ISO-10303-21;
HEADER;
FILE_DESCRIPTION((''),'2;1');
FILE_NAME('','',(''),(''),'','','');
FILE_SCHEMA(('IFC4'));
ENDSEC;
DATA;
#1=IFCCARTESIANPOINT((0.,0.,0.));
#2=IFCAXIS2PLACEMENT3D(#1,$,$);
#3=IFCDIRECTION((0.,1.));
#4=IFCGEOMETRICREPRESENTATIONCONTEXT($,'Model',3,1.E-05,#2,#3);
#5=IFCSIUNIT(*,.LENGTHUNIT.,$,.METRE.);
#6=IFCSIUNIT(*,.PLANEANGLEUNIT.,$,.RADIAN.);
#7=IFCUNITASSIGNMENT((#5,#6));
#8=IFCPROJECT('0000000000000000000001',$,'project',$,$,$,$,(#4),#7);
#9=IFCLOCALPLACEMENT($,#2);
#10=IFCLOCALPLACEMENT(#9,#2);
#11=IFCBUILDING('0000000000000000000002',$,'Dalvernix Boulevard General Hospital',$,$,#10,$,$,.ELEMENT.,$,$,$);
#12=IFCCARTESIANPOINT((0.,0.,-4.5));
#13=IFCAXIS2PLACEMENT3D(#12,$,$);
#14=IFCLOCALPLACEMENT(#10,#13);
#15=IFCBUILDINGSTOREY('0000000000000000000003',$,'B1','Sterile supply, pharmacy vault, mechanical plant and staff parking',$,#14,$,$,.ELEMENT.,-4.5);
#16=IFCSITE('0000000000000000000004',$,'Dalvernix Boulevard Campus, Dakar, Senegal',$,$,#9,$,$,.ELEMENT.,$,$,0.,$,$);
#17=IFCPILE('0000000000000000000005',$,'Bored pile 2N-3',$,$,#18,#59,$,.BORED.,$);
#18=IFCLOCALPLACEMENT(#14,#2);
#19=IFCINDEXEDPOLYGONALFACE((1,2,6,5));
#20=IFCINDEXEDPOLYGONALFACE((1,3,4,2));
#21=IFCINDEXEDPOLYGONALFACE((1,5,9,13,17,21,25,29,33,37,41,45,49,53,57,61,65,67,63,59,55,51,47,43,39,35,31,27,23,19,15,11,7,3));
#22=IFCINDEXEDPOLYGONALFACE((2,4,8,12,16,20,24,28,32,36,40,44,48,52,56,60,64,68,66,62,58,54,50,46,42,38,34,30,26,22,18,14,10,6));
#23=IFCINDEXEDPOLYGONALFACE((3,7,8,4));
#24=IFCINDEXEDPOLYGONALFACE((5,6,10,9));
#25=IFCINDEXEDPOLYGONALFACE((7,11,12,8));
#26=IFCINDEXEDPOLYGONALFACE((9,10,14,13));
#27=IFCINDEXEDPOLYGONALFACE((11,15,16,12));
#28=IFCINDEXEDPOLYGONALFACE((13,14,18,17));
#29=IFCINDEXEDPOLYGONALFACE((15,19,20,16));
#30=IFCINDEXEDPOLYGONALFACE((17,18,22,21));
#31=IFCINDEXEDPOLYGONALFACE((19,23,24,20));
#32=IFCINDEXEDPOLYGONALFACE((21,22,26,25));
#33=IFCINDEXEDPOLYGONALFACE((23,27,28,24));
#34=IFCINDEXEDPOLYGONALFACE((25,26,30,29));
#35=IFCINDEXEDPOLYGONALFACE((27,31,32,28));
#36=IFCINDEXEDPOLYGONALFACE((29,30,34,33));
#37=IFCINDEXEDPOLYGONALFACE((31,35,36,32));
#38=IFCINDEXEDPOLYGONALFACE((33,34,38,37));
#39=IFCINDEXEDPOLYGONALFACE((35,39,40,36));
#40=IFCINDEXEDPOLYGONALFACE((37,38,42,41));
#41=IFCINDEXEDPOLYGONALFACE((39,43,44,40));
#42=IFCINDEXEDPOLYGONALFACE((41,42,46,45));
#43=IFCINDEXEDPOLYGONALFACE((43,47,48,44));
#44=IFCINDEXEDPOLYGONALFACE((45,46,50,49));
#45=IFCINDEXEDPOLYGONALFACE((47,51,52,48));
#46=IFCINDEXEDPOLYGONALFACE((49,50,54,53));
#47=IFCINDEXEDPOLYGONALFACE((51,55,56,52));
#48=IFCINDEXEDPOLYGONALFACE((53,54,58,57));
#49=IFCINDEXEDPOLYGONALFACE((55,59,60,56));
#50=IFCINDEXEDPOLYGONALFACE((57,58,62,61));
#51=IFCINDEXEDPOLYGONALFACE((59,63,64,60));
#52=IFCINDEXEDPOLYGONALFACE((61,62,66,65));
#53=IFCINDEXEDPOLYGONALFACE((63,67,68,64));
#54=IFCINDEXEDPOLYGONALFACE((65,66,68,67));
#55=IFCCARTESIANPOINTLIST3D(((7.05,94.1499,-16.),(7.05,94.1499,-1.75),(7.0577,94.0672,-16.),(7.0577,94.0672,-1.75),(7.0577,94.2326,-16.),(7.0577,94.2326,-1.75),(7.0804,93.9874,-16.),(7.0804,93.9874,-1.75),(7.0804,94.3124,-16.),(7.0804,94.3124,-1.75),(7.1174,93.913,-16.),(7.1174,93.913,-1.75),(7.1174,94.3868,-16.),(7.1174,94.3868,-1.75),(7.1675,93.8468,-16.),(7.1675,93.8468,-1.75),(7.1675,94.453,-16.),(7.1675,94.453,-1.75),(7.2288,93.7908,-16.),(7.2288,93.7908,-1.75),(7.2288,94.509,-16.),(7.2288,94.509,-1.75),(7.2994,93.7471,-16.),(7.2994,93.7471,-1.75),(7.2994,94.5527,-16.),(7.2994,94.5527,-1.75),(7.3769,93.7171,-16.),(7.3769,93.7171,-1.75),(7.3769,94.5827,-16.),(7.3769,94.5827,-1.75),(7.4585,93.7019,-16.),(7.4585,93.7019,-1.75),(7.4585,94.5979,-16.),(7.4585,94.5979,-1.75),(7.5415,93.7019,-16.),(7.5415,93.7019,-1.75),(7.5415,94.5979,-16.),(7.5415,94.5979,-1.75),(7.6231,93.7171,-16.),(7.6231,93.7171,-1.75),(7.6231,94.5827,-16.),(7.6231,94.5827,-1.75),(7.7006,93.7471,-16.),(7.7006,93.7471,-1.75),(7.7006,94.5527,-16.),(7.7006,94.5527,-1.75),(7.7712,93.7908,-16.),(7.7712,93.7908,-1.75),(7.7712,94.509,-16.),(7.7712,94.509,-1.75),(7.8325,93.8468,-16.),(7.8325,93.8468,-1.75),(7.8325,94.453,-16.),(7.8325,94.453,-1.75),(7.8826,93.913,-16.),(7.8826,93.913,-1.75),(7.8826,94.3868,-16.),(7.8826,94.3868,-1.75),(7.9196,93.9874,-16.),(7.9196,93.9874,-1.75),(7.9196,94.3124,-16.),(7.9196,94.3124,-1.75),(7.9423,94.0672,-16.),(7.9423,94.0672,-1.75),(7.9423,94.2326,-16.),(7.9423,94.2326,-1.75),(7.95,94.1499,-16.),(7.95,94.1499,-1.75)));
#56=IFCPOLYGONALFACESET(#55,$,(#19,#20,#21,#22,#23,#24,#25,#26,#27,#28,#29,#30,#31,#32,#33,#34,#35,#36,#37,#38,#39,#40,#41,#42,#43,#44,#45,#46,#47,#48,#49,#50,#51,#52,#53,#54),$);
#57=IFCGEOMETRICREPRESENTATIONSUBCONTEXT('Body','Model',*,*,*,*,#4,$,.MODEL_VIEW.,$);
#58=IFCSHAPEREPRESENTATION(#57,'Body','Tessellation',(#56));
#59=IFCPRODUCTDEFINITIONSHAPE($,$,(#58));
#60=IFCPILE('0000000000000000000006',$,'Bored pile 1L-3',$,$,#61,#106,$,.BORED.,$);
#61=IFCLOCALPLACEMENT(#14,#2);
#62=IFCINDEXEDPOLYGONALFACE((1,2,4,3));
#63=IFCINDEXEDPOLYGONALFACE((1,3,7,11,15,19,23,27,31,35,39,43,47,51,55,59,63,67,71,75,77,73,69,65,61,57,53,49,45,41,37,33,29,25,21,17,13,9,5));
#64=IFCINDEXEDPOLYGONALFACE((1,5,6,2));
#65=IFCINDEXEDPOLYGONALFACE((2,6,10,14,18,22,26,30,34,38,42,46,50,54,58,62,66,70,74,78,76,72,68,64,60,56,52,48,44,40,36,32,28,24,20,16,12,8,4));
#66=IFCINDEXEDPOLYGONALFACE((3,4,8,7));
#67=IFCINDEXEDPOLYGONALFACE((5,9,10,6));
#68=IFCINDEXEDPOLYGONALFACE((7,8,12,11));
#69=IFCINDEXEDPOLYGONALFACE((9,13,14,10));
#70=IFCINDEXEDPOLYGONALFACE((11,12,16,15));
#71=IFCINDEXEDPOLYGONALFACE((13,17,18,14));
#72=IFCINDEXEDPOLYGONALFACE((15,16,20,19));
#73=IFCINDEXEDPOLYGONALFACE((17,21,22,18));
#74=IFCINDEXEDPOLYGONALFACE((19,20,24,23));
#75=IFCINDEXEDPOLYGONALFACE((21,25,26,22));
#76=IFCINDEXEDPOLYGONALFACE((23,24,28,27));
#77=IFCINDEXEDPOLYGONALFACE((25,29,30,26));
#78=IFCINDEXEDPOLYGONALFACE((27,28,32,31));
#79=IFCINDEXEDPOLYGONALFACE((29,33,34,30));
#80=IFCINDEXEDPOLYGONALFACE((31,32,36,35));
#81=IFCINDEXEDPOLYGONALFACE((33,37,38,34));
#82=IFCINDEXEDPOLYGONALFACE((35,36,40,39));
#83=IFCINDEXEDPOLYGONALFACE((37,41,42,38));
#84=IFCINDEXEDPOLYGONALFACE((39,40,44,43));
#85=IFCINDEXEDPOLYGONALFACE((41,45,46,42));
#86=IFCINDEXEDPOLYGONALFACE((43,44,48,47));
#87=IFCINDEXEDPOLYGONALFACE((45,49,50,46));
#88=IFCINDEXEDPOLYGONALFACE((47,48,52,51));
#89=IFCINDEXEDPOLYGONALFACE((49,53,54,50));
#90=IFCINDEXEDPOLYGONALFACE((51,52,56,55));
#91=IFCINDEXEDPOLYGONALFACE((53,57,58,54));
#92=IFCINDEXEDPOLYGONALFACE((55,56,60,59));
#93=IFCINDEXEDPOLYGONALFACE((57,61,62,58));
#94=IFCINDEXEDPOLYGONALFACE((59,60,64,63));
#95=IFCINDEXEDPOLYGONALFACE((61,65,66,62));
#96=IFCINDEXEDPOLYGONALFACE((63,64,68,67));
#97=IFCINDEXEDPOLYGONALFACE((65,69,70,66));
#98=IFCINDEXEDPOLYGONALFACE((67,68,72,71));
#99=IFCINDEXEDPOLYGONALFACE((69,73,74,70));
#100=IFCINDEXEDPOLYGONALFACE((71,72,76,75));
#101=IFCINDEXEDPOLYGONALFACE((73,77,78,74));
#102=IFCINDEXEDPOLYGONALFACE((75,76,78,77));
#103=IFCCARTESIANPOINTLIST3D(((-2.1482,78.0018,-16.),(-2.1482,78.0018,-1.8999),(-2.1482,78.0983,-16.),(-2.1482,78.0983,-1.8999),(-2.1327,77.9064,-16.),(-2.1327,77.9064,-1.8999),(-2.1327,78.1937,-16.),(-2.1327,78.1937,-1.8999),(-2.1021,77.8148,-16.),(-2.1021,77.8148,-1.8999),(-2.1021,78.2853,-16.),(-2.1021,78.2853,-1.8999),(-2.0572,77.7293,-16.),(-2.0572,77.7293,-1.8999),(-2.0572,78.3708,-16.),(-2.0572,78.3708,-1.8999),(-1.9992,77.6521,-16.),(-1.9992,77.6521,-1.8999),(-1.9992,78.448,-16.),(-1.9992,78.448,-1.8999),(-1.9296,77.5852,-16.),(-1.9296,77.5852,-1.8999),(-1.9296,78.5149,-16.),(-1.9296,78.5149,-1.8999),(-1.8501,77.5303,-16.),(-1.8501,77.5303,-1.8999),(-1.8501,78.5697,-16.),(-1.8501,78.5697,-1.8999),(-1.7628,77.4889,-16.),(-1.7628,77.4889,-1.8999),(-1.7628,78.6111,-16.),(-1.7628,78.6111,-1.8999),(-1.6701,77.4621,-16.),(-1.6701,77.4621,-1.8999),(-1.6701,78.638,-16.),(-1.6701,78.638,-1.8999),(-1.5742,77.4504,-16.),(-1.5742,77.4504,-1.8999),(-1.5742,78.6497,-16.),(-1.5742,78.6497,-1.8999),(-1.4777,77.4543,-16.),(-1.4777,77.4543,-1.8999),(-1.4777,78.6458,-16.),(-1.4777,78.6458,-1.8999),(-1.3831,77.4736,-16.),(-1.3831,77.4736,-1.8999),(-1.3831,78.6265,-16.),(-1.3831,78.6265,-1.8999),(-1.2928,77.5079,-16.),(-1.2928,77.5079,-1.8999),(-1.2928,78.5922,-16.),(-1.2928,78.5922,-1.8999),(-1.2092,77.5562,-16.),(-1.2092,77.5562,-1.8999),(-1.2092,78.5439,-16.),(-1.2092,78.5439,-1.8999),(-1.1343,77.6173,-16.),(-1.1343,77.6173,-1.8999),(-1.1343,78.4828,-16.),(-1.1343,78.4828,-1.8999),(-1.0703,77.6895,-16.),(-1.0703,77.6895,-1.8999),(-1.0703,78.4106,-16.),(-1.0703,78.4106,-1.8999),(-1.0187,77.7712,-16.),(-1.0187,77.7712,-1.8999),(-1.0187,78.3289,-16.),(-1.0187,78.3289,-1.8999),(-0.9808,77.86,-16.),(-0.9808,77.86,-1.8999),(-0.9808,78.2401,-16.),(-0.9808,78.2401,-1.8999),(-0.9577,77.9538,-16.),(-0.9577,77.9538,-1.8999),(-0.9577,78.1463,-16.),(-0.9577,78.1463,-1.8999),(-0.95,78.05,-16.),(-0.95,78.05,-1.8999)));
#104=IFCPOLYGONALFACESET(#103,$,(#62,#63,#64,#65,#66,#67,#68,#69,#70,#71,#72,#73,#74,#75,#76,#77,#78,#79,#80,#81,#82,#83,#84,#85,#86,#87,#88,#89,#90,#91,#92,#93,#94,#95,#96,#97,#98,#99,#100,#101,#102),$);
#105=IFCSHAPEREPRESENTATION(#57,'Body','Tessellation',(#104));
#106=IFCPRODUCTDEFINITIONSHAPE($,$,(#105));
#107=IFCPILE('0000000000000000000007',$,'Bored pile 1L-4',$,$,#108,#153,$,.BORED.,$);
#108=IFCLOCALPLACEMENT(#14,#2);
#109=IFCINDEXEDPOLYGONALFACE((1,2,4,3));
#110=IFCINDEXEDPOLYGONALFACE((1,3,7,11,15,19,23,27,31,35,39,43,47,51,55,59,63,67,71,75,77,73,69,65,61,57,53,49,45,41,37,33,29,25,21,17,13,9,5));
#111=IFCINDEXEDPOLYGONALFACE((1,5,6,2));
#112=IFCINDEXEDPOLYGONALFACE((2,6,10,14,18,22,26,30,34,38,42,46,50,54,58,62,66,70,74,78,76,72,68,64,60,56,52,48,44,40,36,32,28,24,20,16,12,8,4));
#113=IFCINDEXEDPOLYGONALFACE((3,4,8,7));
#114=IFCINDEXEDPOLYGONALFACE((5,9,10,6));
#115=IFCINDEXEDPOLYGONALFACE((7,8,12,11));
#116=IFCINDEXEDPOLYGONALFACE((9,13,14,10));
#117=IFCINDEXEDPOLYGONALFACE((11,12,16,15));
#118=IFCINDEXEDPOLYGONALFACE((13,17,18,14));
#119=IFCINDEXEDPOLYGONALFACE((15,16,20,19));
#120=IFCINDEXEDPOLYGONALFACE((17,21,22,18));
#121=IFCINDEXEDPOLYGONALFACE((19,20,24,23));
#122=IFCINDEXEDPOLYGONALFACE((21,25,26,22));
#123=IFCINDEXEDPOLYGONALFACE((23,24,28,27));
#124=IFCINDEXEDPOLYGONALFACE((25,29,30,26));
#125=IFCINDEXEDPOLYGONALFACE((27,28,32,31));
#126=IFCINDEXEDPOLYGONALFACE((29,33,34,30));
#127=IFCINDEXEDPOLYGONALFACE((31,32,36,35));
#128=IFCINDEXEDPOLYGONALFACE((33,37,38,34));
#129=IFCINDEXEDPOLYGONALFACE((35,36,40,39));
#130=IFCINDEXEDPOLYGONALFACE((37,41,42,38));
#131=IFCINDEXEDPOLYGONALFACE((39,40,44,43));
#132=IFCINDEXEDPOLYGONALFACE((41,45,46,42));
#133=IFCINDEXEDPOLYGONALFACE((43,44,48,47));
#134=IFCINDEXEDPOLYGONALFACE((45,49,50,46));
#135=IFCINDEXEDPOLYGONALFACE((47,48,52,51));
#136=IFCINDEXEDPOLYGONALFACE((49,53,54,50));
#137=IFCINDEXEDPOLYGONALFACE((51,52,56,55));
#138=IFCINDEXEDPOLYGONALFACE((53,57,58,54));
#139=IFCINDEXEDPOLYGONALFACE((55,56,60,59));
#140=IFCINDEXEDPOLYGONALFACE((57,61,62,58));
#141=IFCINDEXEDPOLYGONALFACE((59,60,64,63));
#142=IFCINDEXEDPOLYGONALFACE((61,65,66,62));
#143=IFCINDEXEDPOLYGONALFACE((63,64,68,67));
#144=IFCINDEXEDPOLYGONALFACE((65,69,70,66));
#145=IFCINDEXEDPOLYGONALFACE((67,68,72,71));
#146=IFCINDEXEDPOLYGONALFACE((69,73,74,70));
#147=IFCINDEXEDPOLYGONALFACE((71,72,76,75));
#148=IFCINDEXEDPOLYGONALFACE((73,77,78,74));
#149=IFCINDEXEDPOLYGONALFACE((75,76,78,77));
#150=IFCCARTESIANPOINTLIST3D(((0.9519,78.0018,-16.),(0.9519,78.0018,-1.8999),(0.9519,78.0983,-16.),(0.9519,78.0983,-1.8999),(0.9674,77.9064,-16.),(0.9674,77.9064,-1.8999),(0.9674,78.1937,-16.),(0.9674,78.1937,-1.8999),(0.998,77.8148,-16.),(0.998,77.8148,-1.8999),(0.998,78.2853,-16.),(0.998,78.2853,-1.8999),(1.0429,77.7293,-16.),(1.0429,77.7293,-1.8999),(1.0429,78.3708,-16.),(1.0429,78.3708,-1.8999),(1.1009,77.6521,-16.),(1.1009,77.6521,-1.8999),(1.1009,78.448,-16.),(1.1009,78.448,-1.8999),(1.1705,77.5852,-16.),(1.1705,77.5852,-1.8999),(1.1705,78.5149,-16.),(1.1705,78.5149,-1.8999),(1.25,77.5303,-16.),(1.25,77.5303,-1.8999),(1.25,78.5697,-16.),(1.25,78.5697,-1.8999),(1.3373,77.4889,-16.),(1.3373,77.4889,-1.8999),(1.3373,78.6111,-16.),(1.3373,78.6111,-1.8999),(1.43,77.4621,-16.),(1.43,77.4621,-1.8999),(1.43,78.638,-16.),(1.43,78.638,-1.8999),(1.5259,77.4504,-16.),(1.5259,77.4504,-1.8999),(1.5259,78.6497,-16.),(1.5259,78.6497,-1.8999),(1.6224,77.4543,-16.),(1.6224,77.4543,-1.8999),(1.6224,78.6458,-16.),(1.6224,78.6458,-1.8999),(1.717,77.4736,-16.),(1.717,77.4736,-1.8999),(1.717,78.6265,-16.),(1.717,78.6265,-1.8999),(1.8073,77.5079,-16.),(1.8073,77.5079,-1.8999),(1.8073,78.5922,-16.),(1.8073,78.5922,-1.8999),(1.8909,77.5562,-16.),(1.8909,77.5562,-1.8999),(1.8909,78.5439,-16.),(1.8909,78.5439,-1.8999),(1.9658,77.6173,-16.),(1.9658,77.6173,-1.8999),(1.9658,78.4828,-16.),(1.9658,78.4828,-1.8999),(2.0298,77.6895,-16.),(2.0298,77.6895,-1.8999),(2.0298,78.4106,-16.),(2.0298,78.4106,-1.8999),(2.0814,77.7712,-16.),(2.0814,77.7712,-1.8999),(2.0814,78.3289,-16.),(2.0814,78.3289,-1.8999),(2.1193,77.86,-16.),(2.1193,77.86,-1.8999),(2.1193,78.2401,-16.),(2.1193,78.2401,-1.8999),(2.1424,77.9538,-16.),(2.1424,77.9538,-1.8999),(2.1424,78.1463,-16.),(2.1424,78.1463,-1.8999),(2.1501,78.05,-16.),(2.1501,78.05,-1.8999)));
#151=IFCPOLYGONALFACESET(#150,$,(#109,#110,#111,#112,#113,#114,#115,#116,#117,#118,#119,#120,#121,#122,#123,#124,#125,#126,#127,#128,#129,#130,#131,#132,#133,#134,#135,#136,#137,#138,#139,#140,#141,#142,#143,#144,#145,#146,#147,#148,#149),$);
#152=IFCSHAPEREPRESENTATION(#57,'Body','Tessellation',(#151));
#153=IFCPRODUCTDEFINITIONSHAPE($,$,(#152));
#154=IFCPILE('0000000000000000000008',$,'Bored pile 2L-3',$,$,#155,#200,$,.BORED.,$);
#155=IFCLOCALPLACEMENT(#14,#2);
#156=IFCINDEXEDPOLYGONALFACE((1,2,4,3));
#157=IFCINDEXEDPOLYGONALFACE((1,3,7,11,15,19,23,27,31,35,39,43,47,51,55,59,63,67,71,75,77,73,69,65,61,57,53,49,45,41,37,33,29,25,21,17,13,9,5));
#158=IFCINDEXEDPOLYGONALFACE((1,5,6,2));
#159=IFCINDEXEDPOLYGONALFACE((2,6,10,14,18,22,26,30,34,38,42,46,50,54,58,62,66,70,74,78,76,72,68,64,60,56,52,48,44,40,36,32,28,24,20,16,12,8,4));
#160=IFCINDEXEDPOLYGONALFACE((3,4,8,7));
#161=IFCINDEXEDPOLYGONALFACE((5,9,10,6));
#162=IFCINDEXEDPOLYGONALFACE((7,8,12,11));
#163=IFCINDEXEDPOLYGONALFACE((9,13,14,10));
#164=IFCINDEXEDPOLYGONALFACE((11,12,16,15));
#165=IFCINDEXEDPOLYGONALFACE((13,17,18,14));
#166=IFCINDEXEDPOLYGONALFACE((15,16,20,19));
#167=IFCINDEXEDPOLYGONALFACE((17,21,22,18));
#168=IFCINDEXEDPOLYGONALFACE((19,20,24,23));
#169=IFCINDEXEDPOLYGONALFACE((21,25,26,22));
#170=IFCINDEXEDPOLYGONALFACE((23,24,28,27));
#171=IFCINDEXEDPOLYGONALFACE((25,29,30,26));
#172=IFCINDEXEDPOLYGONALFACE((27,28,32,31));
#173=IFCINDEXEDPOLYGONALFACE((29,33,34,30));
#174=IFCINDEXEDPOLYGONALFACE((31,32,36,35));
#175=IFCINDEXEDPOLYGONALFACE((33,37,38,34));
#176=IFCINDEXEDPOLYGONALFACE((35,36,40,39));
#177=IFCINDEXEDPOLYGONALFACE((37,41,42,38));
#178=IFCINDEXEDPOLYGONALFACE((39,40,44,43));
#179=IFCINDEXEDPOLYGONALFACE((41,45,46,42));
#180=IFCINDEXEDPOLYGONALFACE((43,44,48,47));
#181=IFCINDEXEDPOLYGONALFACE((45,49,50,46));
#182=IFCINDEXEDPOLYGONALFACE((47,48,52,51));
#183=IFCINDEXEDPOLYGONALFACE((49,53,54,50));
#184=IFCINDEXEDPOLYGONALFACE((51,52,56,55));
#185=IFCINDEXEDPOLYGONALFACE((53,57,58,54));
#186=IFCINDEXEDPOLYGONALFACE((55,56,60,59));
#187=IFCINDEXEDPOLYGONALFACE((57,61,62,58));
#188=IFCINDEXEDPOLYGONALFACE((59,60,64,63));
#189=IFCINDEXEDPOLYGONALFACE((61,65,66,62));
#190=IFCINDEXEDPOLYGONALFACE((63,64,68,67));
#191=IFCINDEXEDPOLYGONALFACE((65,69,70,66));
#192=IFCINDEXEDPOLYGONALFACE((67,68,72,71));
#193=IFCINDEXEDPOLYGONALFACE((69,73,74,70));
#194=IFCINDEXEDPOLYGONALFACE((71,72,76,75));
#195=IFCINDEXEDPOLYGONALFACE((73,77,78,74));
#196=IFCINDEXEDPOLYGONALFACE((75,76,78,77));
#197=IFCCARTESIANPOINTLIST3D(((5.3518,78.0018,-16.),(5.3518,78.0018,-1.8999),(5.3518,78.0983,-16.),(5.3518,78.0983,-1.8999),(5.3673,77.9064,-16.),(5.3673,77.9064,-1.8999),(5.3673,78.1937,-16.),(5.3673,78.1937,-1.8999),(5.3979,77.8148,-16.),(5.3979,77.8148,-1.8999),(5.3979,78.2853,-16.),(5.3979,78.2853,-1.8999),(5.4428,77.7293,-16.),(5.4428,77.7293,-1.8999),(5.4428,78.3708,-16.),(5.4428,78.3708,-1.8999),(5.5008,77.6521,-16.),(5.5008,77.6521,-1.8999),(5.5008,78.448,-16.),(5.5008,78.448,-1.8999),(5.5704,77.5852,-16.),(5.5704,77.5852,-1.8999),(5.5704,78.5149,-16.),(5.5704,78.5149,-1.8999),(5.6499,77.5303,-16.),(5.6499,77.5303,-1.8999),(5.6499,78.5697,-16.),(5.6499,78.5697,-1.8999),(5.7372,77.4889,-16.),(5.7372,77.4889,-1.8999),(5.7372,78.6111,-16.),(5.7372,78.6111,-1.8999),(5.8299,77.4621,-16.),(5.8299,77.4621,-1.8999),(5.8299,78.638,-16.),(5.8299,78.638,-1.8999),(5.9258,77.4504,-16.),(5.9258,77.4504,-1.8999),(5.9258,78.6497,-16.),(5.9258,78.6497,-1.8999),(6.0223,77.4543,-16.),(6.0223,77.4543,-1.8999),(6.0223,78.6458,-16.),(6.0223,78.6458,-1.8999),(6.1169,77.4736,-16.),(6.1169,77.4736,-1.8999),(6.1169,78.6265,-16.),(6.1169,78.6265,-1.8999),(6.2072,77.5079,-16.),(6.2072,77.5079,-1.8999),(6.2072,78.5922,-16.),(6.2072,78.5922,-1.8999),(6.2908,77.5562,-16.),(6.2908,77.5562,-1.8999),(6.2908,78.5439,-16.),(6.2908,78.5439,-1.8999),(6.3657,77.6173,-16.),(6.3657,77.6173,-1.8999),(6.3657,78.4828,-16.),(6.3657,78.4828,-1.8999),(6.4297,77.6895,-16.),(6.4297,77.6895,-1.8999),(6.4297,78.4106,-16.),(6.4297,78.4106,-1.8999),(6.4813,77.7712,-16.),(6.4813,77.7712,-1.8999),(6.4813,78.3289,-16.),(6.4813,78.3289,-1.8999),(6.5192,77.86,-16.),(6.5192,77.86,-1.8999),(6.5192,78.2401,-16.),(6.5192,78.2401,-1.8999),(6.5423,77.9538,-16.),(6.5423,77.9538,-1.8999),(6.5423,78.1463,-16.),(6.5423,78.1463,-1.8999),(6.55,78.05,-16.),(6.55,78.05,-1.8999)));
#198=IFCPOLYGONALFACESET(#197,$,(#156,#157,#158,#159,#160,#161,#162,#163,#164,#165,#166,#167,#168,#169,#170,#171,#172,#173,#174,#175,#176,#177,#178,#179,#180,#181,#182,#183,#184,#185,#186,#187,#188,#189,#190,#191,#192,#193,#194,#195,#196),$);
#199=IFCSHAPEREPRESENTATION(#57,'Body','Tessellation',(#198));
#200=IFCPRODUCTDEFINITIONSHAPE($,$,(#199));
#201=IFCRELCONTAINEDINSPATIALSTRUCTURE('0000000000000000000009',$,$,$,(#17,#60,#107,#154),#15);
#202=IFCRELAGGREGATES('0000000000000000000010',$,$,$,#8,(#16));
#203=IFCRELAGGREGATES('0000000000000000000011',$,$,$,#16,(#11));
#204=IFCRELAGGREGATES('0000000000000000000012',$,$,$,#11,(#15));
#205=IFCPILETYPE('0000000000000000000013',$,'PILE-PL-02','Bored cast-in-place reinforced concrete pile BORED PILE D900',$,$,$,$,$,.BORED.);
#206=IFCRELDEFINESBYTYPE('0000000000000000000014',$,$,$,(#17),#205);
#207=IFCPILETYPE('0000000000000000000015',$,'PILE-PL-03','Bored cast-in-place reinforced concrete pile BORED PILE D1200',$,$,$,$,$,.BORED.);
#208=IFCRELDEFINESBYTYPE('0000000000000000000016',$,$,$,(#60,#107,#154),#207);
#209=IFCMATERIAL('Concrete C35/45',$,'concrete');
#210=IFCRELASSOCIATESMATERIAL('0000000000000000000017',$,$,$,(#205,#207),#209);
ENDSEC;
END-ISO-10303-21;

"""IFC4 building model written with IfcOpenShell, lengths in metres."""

from ifc_helpers import new_model, si_unit, direction, frame, origin, origin_2d, place, context, subcontext, project, spatial, circle, extrude, material, material_profile, profile_set, type_object, element, save


model = new_model("IFC4")

# Units and contexts
model_context = context("Model", 3, precision=1e-05, world=origin(), true_north=direction((0.0, 1.0)))
body_context = subcontext(model_context, "Body", "Model", "MODEL_VIEW")
ifc_project = project(units=[si_unit("LENGTHUNIT", "METRE"), si_unit("PLANEANGLEUNIT", "RADIAN")], contexts=[model_context])

# Site, building, storey
site_placement = place(None, origin())
site = spatial("IfcSite", under=ifc_project, at=site_placement, Name="Dalvernix Boulevard Campus, Dakar, Senegal", CompositionType="ELEMENT", RefElevation=0.0)
building_placement = place(site_placement, origin())
building = spatial("IfcBuilding", under=site, at=building_placement, Name="Dalvernix Boulevard General Hospital", CompositionType="ELEMENT")
storey_placement = place(building_placement, frame((0.0, 0.0, -4.5)))
storey = spatial("IfcBuildingStorey", under=building, at=storey_placement, Name="B1", Description="Sterile supply, pharmacy vault, mechanical plant and staff parking", CompositionType="ELEMENT", Elevation=-4.5)

# Shared definitions
ifc_material_1 = material(Name="Concrete C35/45", Category="concrete")

# Piles
ifc_material_profile_1 = material_profile(ifc_material_1, circle(Radius=0.45, at=origin_2d()), Name="BORED PILE D900")
ifc_profile_set_1 = profile_set([ifc_material_profile_1], Name="Concrete C35/45")
pile_type_1 = type_object("IfcPileType", Name="PILE-PL-02", Description="Bored cast-in-place reinforced concrete pile BORED PILE D900", PredefinedType="BORED", material=ifc_profile_set_1)
for number, where, z_axis, x_axis, name in (
    (1, (7.5, 94.1499, -1.75), (0.0, 0.0, -1.0), (1.0, 0.0, 0.0), "Bored pile 2N-3"),
):
    element("IfcPile", number, at=place(storey_placement, frame(where, z_axis=z_axis, x_axis=x_axis)), inside=storey, type_object=pile_type_1, Name=name, PredefinedType="BORED", context=body_context, shape_type="SweptSolid", body=[
        extrude(circle(Radius=0.45, at=origin_2d()), origin(), (0.0, 0.0, 1.0), 14.25),
    ])
ifc_material_profile_2 = material_profile(ifc_material_1, circle(Radius=0.6001, at=origin_2d()), Name="BORED PILE D1200")
ifc_profile_set_2 = profile_set([ifc_material_profile_2], Name="Concrete C35/45")
pile_type_2 = type_object("IfcPileType", Name="PILE-PL-03", Description="Bored cast-in-place reinforced concrete pile BORED PILE D1200", PredefinedType="BORED", material=ifc_profile_set_2)
for number, where, z_axis, x_axis, name in (
    (2, (-1.55, 78.05, -1.8999), (0.0, 0.0, -1.0), (1.0, 0.0, 0.0), "Bored pile 1L-3"),
    (3, (1.55, 78.05, -1.8999), (0.0, 0.0, -1.0), (1.0, 0.0, 0.0), "Bored pile 1L-4"),
    (4, (5.95, 78.05, -1.8999), (0.0, 0.0, -1.0), (1.0, 0.0, 0.0), "Bored pile 2L-3"),
):
    element("IfcPile", number, at=place(storey_placement, frame(where, z_axis=z_axis, x_axis=x_axis)), inside=storey, type_object=pile_type_2, Name=name, PredefinedType="BORED", context=body_context, shape_type="SweptSolid", body=[
        extrude(circle(Radius=0.6001, at=origin_2d()), origin(), (0.0, 0.0, 1.0), 14.1001),
    ])

save(model, "model.ifc")
